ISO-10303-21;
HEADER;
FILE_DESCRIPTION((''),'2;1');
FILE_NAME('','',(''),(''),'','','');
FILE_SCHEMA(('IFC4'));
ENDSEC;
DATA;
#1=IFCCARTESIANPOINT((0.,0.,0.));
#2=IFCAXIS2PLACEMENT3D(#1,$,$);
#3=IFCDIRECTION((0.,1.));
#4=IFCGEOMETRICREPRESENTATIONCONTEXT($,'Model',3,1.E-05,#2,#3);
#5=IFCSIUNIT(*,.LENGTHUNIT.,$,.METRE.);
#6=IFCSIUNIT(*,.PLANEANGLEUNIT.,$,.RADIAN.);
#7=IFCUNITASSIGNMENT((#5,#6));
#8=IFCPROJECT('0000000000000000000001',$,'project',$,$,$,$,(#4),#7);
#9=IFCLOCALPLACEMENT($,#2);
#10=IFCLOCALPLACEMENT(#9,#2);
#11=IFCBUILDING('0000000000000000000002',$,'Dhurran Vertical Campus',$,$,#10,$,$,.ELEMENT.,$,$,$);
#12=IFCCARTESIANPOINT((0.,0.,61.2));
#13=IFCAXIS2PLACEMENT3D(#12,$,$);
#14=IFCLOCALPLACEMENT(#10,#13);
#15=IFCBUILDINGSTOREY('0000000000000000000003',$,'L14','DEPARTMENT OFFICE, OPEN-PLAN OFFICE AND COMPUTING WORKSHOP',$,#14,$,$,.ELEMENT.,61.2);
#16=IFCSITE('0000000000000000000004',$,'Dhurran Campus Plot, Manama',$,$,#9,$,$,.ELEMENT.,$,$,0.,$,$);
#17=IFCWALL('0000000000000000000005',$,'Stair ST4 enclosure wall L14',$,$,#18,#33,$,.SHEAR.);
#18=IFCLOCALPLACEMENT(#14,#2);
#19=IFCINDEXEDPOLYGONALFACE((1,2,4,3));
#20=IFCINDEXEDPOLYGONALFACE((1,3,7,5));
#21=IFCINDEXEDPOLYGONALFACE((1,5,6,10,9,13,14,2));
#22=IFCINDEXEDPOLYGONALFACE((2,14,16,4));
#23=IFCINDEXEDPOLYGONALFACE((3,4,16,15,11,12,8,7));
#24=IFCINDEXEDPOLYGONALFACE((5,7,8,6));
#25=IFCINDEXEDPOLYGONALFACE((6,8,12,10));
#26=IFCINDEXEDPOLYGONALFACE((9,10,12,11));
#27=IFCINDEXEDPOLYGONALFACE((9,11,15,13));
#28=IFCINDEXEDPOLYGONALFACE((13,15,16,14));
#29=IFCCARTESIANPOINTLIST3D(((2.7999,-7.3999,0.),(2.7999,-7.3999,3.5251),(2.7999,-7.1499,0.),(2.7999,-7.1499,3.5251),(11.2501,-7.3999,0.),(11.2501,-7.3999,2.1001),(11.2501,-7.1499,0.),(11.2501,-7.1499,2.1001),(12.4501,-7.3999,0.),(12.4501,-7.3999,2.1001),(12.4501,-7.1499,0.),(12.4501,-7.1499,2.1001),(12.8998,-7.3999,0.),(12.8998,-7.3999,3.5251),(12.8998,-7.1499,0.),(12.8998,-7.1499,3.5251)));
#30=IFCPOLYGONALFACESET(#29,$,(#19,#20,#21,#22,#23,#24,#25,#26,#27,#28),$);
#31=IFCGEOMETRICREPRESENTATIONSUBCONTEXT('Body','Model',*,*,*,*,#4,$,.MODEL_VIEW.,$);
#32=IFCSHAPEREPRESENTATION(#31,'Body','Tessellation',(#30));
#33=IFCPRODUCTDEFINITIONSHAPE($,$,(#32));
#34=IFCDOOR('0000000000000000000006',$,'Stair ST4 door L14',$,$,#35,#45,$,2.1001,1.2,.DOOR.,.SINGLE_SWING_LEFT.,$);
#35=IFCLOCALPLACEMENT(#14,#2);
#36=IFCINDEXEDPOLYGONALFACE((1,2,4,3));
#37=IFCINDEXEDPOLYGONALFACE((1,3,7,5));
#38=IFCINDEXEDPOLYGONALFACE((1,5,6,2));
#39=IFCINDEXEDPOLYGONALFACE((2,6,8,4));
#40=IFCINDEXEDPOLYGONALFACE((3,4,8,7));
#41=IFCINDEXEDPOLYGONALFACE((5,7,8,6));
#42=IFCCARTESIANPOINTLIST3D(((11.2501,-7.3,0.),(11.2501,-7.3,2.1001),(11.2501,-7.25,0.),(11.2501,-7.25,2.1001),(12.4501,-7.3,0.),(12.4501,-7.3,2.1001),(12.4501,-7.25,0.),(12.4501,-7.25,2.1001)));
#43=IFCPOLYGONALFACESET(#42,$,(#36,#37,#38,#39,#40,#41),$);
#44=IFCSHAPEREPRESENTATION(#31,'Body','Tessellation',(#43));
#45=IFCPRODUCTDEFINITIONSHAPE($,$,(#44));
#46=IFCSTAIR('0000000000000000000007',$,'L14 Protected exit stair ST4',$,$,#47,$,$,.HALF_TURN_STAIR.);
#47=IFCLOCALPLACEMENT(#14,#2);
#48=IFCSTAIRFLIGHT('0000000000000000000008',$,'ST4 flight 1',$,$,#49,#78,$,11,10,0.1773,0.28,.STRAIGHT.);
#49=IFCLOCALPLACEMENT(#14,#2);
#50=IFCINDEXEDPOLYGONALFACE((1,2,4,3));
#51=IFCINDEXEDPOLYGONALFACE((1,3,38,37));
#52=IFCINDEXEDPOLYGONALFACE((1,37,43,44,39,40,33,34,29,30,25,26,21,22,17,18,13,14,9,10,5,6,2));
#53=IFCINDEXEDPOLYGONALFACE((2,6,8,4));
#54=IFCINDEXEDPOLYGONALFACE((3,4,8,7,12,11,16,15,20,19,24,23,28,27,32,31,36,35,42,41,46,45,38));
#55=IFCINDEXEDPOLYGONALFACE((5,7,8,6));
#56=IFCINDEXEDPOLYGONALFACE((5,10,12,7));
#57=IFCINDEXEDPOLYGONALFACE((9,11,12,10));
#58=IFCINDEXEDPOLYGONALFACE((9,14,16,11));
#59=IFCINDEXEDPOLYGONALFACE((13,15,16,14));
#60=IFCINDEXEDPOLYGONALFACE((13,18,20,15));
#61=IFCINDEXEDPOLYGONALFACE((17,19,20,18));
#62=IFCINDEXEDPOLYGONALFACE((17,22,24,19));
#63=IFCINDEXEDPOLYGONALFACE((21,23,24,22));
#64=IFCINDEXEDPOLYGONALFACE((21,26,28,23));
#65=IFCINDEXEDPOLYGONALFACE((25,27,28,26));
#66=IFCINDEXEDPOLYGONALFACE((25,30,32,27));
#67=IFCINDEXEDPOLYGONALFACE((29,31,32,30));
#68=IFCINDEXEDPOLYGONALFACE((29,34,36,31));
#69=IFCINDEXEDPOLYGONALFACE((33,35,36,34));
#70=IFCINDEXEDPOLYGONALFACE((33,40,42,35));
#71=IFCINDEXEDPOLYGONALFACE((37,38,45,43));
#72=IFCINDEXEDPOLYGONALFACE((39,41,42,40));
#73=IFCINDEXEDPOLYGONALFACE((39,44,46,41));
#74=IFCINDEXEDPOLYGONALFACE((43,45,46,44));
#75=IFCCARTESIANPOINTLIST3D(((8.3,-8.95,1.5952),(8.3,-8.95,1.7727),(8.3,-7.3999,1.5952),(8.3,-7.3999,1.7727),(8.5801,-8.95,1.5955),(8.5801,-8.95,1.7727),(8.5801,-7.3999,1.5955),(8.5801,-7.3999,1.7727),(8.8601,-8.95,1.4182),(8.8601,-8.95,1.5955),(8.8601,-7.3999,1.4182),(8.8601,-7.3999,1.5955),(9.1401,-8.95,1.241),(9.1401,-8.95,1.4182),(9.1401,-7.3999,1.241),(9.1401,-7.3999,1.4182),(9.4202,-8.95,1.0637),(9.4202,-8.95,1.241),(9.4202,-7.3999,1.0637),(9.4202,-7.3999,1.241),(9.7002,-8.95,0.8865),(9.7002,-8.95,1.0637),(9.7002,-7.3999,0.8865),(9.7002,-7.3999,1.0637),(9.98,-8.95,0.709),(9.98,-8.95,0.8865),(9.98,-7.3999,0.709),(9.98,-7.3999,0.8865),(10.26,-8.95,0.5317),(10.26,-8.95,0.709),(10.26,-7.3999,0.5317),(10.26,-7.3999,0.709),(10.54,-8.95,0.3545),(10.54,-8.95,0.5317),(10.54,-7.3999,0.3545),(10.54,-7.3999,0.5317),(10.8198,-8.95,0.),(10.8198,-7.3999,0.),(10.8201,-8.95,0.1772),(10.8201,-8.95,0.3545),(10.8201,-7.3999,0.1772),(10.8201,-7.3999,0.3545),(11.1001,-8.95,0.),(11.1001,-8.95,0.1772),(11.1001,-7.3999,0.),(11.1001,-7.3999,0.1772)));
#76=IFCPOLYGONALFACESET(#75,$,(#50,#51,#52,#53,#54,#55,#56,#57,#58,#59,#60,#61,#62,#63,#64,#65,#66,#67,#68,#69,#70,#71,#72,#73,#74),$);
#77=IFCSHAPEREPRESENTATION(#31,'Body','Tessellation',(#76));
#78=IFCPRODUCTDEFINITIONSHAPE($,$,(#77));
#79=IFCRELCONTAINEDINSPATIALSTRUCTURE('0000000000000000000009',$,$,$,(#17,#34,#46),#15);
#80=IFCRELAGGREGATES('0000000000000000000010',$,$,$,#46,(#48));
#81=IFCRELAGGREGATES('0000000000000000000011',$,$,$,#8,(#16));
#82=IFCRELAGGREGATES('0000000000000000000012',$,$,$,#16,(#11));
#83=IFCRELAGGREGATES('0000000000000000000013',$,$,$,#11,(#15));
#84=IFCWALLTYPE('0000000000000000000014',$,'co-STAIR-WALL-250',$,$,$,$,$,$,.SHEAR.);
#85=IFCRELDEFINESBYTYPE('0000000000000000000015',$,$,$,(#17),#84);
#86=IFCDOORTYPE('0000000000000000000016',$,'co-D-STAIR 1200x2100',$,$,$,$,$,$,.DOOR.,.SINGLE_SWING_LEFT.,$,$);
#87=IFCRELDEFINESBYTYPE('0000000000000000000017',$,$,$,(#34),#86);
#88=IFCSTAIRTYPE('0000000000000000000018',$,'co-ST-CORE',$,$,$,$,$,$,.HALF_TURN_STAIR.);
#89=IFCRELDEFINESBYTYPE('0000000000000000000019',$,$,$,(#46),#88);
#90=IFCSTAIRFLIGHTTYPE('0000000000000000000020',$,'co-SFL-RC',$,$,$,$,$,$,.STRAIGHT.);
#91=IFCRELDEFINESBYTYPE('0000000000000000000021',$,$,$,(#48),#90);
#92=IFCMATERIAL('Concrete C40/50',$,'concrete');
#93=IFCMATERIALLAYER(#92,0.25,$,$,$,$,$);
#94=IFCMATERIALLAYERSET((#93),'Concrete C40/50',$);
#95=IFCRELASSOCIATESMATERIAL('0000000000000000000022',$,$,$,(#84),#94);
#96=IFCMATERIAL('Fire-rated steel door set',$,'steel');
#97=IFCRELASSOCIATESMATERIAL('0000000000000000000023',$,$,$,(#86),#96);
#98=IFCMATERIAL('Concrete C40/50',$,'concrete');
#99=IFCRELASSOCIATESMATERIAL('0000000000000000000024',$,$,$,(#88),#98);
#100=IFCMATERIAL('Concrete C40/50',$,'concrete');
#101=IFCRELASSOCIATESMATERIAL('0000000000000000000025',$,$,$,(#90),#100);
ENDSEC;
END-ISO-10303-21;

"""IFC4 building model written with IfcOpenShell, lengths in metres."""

from ifc_helpers import new_model, si_unit, direction, frame, frame_2d, origin, place, context, subcontext, project, spatial, polyline, rectangle, outline, extrude, material, layer, layer_set, type_object, element, fill, aggregate, save


model = new_model("IFC4")

# Units and contexts
model_context = context("Model", 3, precision=1e-05, world=origin(), true_north=direction((0.0, 1.0)))
body_context = subcontext(model_context, "Body", "Model", "MODEL_VIEW")
ifc_project = project(units=[si_unit("LENGTHUNIT", "METRE"), si_unit("PLANEANGLEUNIT", "RADIAN")], contexts=[model_context])

# Site, building, storey
site_placement = place(None, origin())
site = spatial("IfcSite", under=ifc_project, at=site_placement, Name="Dhurran Campus Plot, Manama", CompositionType="ELEMENT", RefElevation=0.0)
building_placement = place(site_placement, origin())
building = spatial("IfcBuilding", under=site, at=building_placement, Name="Dhurran Vertical Campus", CompositionType="ELEMENT")
storey_placement = place(building_placement, frame((0.0, 0.0, 61.2)))
storey = spatial("IfcBuildingStorey", under=building, at=storey_placement, Name="L14", Description="DEPARTMENT OFFICE, OPEN-PLAN OFFICE AND COMPUTING WORKSHOP", CompositionType="ELEMENT", Elevation=61.2)

# Wall, opening, door
ifc_material_1 = material(Name="Concrete C40/50", Category="concrete")
ifc_layer_1 = layer(ifc_material_1, 0.25)
ifc_layer_set_1 = layer_set([ifc_layer_1], Name="Concrete C40/50")
wall_type_1 = type_object("IfcWallType", Name="co-STAIR-WALL-250", PredefinedType="SHEAR", material=ifc_layer_set_1)
wall_1_placement = place(storey_placement, frame((2.8, -7.2749, 0.0), z_axis=(0.0, 0.0, 1.0), x_axis=(1.0, 0.0, 0.0)))
wall_1 = element("IfcWall", 1, at=wall_1_placement, inside=storey, type_object=wall_type_1, Name="Stair ST4 enclosure wall L14", PredefinedType="SHEAR", context=body_context, shape_type="SweptSolid", body=[
    extrude(rectangle(XDim=10.0999, YDim=0.25, at=frame_2d((5.0498, 0.0))), origin(), (0.0, 0.0, 1.0), 3.5251),
])
opening_1_placement = place(wall_1_placement, frame((8.45, 0.0, 0.0)))
opening_1 = element("IfcOpeningElement", 2, at=opening_1_placement, cuts=wall_1, PredefinedType="OPENING", context=body_context, shape_type="SweptSolid", body=[
    extrude(rectangle(XDim=1.2, YDim=2.1001, at=frame_2d((0.6001, 1.05))), frame((0.0, 0.135, 0.0), z_axis=(0.0, -1.0, 0.0), x_axis=(1.0, 0.0, 0.0)), (0.0, 0.0, 1.0), 0.27),
])
ifc_material_2 = material(Name="Fire-rated steel door set", Category="steel")
door_type_1 = type_object("IfcDoorType", Name="co-D-STAIR 1200x2100", OperationType="SINGLE_SWING_LEFT", PredefinedType="DOOR", material=ifc_material_2)
door_1_placement = place(opening_1_placement, origin())
door_1 = element("IfcDoor", 3, at=door_1_placement, inside=storey, type_object=door_type_1, Name="Stair ST4 door L14", OperationType="SINGLE_SWING_LEFT", OverallHeight=2.1001, OverallWidth=1.2, PredefinedType="DOOR", context=body_context, shape_type="SweptSolid", body=[
    extrude(rectangle(XDim=1.2, YDim=2.1001, at=frame_2d((0.6001, 1.05))), frame((0.0, 0.0249, 0.0), z_axis=(0.0, -1.0, 0.0), x_axis=(1.0, 0.0, 0.0)), (0.0, 0.0, 1.0), 0.05),
])
fill(opening_1, door_1)

# Stair, stair flight
ifc_material_3 = material(Name="Concrete C40/50", Category="concrete")
stair_type = type_object("IfcStairType", Name="co-ST-CORE", PredefinedType="HALF_TURN_STAIR", material=ifc_material_3)
stair_placement = place(storey_placement, origin())
stair = element("IfcStair", 4, at=stair_placement, inside=storey, type_object=stair_type, Name="L14 Protected exit stair ST4", PredefinedType="HALF_TURN_STAIR")
ifc_material_4 = material(Name="Concrete C40/50", Category="concrete")
stair_flight_type = type_object("IfcStairFlightType", Name="co-SFL-RC", PredefinedType="STRAIGHT", material=ifc_material_4)
stair_flight_placement = place(storey_placement, frame((11.1001, -8.175, 0.0), z_axis=(0.0, 0.0, 1.0), x_axis=(-1.0, 0.0, 0.0)))
stair_flight = element("IfcStairFlight", 5, at=stair_flight_placement, type_object=stair_flight_type, Name="ST4 flight 1", NumberOfRisers=11, NumberOfTreads=10, PredefinedType="STRAIGHT", RiserHeight=0.1773, TreadLength=0.28, context=body_context, shape_type="SweptSolid", body=[
    extrude(outline(polyline([(0.0, 0.0), (0.0, 0.1772), (0.28, 0.1772), (0.28, 0.3545), (0.5601, 0.3545), (0.5601, 0.5317), (0.8401, 0.5317), (0.8401, 0.709), (1.1201, 0.709), (1.1201, 0.8865), (1.3999, 0.8865), (1.3999, 1.0637), (1.6799, 1.0637), (1.6799, 1.241), (1.96, 1.241), (1.96, 1.4182), (2.24, 1.4182), (2.24, 1.5955), (2.52, 1.5955), (2.52, 1.7727), (2.8, 1.7727), (2.8, 1.95), (2.8, 1.5952), (0.2803, 0.0), (0.0, 0.0)])), frame((0.0, 0.7749, 0.0), z_axis=(0.0, -1.0, 0.0), x_axis=(1.0, 0.0, 0.0)), (0.0, 0.0, 1.0), 1.55),
])
aggregate(stair, [stair_flight])

save(model, "model.ifc")
